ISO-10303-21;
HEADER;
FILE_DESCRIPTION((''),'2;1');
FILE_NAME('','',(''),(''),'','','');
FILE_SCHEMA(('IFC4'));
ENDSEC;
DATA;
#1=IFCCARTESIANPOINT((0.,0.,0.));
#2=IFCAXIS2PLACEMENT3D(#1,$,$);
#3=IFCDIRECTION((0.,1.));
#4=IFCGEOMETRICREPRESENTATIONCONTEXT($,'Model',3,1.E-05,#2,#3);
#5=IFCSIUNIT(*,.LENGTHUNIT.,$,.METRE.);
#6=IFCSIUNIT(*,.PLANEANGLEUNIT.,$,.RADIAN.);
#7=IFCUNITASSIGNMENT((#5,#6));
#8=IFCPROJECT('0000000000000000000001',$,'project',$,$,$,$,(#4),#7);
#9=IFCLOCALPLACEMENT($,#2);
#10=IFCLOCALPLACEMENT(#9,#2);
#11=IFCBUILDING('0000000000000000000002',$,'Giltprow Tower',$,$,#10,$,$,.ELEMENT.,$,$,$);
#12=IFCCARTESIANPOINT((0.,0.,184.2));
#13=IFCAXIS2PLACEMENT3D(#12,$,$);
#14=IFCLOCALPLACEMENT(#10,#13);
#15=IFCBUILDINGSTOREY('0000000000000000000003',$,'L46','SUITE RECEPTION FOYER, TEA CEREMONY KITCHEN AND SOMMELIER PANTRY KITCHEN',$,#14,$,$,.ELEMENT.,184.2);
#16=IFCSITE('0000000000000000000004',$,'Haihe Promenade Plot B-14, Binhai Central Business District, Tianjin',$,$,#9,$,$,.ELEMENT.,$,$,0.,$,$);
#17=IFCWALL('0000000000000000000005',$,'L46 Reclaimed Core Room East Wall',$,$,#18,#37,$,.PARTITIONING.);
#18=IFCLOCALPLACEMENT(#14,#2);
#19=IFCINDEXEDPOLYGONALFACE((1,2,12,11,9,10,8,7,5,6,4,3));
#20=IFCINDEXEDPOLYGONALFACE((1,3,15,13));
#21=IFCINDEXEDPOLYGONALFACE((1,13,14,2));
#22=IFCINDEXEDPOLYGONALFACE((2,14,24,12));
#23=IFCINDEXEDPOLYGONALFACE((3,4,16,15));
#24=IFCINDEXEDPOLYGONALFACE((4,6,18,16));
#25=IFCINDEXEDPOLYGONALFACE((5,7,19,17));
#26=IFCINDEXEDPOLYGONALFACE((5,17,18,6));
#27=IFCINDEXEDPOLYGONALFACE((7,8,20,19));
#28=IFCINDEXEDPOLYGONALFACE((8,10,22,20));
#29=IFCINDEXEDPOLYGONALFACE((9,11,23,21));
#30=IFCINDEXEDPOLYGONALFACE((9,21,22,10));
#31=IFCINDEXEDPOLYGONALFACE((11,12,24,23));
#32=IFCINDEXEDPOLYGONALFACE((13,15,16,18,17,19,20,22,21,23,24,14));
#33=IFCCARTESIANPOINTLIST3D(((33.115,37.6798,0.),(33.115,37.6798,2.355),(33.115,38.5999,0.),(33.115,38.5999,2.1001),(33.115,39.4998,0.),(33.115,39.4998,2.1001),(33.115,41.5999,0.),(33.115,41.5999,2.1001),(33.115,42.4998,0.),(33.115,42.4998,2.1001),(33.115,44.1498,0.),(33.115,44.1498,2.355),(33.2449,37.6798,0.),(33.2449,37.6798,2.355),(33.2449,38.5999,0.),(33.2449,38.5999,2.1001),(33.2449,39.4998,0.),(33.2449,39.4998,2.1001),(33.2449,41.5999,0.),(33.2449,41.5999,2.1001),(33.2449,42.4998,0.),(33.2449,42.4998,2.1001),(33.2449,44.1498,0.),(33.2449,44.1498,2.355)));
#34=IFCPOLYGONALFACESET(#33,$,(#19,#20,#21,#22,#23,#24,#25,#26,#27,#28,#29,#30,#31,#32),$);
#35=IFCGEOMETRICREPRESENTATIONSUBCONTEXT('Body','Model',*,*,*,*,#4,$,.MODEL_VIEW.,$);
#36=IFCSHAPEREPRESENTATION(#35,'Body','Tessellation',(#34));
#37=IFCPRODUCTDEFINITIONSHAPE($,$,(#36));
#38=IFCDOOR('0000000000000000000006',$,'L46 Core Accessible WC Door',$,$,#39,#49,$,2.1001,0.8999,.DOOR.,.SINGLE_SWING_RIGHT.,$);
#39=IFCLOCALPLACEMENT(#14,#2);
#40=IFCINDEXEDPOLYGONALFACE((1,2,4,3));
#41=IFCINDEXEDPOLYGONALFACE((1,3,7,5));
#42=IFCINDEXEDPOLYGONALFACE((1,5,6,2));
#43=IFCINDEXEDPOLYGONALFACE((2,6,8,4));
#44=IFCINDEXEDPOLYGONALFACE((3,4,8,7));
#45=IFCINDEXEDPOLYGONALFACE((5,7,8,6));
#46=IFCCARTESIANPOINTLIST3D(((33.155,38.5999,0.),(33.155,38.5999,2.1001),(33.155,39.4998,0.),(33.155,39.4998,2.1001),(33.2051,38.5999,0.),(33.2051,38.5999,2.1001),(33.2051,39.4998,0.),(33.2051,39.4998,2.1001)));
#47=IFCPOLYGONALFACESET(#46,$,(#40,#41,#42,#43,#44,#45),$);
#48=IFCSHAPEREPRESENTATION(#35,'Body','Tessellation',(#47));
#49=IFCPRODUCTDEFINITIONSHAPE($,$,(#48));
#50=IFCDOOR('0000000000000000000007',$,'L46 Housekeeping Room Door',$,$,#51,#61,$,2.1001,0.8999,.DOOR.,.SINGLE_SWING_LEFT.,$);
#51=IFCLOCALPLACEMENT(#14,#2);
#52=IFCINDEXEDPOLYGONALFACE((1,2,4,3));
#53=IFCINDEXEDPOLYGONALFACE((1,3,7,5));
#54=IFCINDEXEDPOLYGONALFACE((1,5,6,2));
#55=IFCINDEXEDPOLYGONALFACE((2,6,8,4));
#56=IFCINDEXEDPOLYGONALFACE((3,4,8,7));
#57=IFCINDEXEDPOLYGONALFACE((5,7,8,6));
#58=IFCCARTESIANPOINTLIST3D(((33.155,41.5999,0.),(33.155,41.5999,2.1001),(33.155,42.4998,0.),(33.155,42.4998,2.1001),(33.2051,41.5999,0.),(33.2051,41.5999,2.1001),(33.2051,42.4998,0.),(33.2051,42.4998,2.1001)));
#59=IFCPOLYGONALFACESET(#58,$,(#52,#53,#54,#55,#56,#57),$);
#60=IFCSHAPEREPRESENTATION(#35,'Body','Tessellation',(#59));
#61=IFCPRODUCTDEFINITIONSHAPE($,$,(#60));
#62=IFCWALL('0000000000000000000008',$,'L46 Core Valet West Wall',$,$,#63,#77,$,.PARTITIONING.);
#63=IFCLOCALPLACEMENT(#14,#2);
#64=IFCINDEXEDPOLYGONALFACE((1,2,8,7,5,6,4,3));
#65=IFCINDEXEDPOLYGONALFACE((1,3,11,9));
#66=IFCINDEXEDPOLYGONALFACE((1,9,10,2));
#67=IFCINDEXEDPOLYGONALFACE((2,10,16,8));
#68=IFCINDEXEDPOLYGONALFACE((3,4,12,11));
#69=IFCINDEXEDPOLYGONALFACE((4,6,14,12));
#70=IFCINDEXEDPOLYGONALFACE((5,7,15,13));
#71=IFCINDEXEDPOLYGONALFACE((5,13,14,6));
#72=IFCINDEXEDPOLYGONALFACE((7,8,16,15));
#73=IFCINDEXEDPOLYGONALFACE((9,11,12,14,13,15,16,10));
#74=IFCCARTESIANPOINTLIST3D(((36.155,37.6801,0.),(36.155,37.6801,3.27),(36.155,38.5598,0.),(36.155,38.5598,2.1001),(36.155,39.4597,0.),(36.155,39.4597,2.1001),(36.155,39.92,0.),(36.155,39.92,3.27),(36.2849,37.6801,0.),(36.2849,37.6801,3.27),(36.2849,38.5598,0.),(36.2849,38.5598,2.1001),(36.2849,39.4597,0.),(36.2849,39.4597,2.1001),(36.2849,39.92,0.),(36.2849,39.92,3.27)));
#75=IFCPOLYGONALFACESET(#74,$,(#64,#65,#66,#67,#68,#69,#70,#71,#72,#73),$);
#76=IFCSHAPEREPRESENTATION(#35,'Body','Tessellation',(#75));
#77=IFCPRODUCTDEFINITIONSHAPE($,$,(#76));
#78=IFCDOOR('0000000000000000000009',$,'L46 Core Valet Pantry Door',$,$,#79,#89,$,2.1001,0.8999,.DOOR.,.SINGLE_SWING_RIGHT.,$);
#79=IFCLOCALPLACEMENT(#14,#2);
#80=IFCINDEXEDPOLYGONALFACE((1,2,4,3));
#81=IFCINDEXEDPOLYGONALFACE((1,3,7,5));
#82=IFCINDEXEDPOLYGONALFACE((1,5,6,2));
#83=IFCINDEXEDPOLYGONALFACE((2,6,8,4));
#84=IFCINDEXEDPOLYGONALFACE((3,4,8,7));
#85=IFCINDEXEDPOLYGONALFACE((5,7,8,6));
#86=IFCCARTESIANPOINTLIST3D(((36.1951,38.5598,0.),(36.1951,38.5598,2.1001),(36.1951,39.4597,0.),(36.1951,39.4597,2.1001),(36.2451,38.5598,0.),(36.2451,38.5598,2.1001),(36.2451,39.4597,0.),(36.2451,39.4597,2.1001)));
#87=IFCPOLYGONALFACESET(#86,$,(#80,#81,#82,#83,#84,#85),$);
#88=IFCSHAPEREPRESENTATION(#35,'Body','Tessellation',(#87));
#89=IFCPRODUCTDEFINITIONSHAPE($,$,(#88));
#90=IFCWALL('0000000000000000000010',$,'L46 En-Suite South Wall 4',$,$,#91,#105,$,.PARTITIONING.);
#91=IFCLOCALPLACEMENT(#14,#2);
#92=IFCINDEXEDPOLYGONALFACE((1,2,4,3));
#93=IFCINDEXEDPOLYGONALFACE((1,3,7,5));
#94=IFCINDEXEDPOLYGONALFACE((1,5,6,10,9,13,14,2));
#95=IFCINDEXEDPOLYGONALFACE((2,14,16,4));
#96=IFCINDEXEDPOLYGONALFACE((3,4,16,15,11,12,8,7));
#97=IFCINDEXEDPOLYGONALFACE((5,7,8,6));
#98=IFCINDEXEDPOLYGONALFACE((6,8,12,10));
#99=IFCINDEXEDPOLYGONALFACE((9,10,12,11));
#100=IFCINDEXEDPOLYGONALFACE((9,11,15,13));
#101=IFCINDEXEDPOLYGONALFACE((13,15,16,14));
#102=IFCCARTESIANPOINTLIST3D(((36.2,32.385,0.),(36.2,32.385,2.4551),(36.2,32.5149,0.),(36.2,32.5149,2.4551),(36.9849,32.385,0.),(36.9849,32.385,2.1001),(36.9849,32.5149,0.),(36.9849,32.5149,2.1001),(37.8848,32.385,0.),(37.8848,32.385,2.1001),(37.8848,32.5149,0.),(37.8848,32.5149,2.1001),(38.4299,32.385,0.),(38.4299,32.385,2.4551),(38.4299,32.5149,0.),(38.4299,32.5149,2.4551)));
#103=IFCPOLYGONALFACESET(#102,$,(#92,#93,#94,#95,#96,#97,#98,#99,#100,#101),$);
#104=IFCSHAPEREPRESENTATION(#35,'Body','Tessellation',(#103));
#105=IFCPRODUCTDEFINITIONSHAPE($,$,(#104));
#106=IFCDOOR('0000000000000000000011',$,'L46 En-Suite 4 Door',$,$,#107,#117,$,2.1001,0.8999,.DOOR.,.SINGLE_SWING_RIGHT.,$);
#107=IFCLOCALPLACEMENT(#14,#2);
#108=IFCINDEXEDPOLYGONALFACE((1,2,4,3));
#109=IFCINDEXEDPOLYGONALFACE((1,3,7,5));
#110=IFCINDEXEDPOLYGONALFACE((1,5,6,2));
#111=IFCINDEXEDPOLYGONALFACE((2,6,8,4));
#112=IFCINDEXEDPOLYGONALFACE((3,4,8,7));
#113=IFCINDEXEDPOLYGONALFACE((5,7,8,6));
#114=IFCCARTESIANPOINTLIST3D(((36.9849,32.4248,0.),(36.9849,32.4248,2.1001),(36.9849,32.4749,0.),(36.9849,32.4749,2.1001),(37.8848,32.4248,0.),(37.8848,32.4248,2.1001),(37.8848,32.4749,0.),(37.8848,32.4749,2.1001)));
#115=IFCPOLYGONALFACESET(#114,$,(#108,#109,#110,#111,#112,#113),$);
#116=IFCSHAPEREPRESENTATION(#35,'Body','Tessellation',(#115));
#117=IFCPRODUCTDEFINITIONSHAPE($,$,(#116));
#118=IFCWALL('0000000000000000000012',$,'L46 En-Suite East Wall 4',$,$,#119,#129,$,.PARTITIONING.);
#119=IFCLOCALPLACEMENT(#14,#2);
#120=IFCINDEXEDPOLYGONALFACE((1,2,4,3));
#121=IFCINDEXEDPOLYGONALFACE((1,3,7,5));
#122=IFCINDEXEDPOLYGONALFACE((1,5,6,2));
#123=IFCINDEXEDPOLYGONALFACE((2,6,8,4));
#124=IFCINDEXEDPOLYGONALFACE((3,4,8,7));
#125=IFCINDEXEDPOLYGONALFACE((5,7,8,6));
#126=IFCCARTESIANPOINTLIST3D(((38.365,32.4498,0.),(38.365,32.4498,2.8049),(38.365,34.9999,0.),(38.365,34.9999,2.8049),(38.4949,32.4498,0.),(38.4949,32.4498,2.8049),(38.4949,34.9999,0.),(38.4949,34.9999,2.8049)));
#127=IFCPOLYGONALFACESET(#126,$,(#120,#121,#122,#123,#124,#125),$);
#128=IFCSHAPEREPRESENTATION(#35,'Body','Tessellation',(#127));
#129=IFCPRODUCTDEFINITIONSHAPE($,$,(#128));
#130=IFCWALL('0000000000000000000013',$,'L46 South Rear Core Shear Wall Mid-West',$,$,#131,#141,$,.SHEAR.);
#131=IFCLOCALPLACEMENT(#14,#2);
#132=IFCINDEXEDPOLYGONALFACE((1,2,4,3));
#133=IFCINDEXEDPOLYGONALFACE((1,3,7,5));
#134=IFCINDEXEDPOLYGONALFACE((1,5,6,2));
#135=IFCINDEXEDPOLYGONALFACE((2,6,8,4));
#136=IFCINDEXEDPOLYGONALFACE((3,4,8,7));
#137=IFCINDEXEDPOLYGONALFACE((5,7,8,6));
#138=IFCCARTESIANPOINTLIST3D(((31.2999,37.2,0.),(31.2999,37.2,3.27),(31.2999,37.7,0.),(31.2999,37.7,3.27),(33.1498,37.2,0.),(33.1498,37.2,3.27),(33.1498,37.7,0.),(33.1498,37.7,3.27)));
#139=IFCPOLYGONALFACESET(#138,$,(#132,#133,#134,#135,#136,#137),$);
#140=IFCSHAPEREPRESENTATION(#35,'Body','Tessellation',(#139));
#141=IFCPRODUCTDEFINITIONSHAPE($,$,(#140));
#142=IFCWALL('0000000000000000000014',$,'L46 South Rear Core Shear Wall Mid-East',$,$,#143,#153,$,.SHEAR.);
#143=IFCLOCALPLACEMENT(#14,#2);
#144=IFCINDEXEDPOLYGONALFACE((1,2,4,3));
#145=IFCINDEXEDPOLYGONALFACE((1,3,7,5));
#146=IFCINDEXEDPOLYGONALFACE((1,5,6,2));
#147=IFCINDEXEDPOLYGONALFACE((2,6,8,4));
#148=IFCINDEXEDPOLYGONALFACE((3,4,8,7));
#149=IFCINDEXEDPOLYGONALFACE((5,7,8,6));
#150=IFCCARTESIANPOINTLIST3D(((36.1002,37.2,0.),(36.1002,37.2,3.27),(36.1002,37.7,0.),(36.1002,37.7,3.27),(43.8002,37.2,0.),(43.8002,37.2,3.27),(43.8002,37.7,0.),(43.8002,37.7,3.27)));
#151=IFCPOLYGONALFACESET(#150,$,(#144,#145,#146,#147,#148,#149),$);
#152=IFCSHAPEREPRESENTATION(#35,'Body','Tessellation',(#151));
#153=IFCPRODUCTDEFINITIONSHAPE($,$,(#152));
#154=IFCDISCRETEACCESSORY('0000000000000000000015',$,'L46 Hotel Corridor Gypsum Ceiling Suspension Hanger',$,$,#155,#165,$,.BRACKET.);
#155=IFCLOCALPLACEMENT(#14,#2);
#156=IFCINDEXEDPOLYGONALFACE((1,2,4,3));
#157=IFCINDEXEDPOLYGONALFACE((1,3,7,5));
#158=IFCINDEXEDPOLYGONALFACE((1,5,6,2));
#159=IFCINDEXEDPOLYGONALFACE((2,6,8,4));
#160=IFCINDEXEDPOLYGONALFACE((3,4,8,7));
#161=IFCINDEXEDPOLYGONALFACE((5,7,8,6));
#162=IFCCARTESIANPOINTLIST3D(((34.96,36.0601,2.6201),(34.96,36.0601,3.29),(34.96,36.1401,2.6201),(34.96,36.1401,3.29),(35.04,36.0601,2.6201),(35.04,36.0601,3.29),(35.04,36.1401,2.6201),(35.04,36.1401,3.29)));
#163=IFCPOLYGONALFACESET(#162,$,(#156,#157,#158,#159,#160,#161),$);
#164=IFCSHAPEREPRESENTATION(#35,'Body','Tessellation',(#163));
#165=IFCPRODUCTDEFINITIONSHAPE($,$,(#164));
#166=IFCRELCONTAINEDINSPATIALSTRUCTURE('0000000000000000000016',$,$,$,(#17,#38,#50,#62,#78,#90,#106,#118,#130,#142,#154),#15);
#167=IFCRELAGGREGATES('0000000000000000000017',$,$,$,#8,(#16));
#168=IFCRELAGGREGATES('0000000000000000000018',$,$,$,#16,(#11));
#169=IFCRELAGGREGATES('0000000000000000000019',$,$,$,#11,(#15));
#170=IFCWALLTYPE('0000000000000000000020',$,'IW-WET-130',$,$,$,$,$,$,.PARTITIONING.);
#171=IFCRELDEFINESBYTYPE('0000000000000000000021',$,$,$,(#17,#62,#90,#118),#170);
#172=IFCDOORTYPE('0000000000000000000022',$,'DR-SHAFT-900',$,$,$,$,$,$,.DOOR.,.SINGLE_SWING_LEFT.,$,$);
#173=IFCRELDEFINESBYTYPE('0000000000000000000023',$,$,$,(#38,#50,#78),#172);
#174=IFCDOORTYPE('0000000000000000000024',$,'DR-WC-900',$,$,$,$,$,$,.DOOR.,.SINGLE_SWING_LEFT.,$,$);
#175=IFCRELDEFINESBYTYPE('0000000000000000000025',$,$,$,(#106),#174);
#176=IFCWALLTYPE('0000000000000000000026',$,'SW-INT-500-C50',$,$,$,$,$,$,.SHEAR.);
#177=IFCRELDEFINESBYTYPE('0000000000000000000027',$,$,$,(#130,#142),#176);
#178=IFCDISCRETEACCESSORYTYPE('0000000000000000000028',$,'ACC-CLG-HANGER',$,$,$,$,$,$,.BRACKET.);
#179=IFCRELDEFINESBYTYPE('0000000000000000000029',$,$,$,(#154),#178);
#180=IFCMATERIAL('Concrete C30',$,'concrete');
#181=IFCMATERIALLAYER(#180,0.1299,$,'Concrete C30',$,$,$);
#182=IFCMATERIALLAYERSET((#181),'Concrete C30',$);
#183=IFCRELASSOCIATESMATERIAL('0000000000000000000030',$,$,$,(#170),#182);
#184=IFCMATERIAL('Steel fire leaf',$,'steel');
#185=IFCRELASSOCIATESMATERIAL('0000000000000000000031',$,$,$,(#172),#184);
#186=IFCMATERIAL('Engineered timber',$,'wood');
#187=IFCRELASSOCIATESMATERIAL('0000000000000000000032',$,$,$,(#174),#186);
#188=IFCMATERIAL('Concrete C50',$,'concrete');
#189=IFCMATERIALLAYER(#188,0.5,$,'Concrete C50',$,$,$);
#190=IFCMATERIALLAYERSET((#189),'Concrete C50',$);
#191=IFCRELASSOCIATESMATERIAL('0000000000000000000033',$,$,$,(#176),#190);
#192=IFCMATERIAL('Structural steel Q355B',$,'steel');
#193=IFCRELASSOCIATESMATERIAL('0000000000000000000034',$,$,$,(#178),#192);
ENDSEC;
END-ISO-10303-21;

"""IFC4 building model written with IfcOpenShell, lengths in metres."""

from ifc_helpers import new_model, si_unit, direction, frame, frame_2d, origin, origin_2d, place, context, subcontext, project, spatial, rectangle, extrude, source, transform, mapped, material, layer, layer_set, type_object, element, fill, save


model = new_model("IFC4")

# Units and contexts
model_context = context("Model", 3, precision=1e-05, world=origin(), true_north=direction((0.0, 1.0)))
body_context = subcontext(model_context, "Body", "Model", "MODEL_VIEW")
ifc_project = project(units=[si_unit("LENGTHUNIT", "METRE"), si_unit("PLANEANGLEUNIT", "RADIAN")], contexts=[model_context])

# Site, building, storey
site_placement = place(None, origin())
site = spatial("IfcSite", under=ifc_project, at=site_placement, Name="Haihe Promenade Plot B-14, Binhai Central Business District, Tianjin", CompositionType="ELEMENT", RefElevation=0.0)
building_placement = place(site_placement, origin())
building = spatial("IfcBuilding", under=site, at=building_placement, Name="Giltprow Tower", CompositionType="ELEMENT")
storey_placement = place(building_placement, frame((0.0, 0.0, 184.2)))
storey = spatial("IfcBuildingStorey", under=building, at=storey_placement, Name="L46", Description="SUITE RECEPTION FOYER, TEA CEREMONY KITCHEN AND SOMMELIER PANTRY KITCHEN", CompositionType="ELEMENT", Elevation=184.2)

# Shared definitions
ifc_material_1 = material(Name="Concrete C50", Category="concrete")

# Shared definitions
ifc_material_2 = material(Name="Structural steel Q355B", Category="steel")

# Wall, openings, doors
ifc_material_3 = material(Name="Concrete C30", Category="concrete")
ifc_layer_1 = layer(ifc_material_3, 0.1299, Name="Concrete C30")
ifc_layer_set_1 = layer_set([ifc_layer_1], Name="Concrete C30")
wall_type_1 = type_object("IfcWallType", Name="IW-WET-130", PredefinedType="PARTITIONING", material=ifc_layer_set_1)
wall_1_placement = place(storey_placement, frame((33.1799, 37.6799, 0.0), z_axis=(0.0, 0.0, 1.0), x_axis=(0.0, 1.0, 0.0)))
wall_1 = element("IfcWall", 1, at=wall_1_placement, inside=storey, type_object=wall_type_1, Name="L46 Reclaimed Core Room East Wall", PredefinedType="PARTITIONING", context=body_context, shape_type="SweptSolid", body=[
    extrude(rectangle(XDim=6.47, YDim=0.1299, at=frame_2d((3.2349, 0.0))), origin(), (0.0, 0.0, 1.0), 2.355),
])
opening_1_placement = place(wall_1_placement, frame((0.9199, 0.0, 0.0)))
opening_1 = element("IfcOpeningElement", 2, at=opening_1_placement, cuts=wall_1, PredefinedType="OPENING", context=body_context, shape_type="SweptSolid", body=[
    extrude(rectangle(XDim=0.8999, YDim=2.1001, at=frame_2d((0.45, 1.05))), frame((0.0, 0.075, 0.0), z_axis=(0.0, -1.0, 0.0), x_axis=(1.0, 0.0, 0.0)), (0.0, 0.0, 1.0), 0.1499),
])
opening_2_placement = place(wall_1_placement, frame((3.9199, 0.0, 0.0)))
opening_2 = element("IfcOpeningElement", 3, at=opening_2_placement, cuts=wall_1, PredefinedType="OPENING", context=body_context, shape_type="SweptSolid", body=[
    extrude(rectangle(XDim=0.8999, YDim=2.1001, at=frame_2d((0.45, 1.05))), frame((0.0, 0.075, 0.0), z_axis=(0.0, -1.0, 0.0), x_axis=(1.0, 0.0, 0.0)), (0.0, 0.0, 1.0), 0.1499),
])
ifc_material_4 = material(Name="Steel fire leaf", Category="steel")
door_type_1 = type_object("IfcDoorType", Name="DR-SHAFT-900", OperationType="SINGLE_SWING_LEFT", PredefinedType="DOOR", material=ifc_material_4)
shared_shape_1 = source(origin(), body_context, "Body", "SweptSolid", [
    extrude(rectangle(XDim=0.8999, YDim=2.1001, at=frame_2d((0.45, 1.05))), frame((0.0, 0.0249, 0.0), z_axis=(0.0, -1.0, 0.0), x_axis=(1.0, 0.0, 0.0)), (0.0, 0.0, 1.0), 0.05),
])
door_1_placement = place(opening_1_placement, origin())
door_1 = element("IfcDoor", 4, at=door_1_placement, inside=storey, type_object=door_type_1, Name="L46 Core Accessible WC Door", OperationType="SINGLE_SWING_RIGHT", OverallHeight=2.1001, OverallWidth=0.8999, PredefinedType="DOOR", context=body_context, shape_type="MappedRepresentation", body=[
    mapped(shared_shape_1, transform((0.0, 0.0, 0.0), x_axis=(1.0, 0.0, 0.0), y_axis=(0.0, 1.0, 0.0), z_axis=(0.0, 0.0, 1.0), scale=1.0)),
])
fill(opening_1, door_1)
door_2_placement = place(opening_2_placement, origin())
door_2 = element("IfcDoor", 5, at=door_2_placement, inside=storey, type_object=door_type_1, Name="L46 Housekeeping Room Door", OperationType="SINGLE_SWING_LEFT", OverallHeight=2.1001, OverallWidth=0.8999, PredefinedType="DOOR", context=body_context, shape_type="MappedRepresentation", body=[
    mapped(shared_shape_1, transform((0.0, 0.0, 0.0), x_axis=(1.0, 0.0, 0.0), y_axis=(0.0, 1.0, 0.0), z_axis=(0.0, 0.0, 1.0), scale=1.0)),
])
fill(opening_2, door_2)

# Walls, openings, doors
wall_2_placement = place(storey_placement, frame((36.22, 37.6799, 0.0), z_axis=(0.0, 0.0, 1.0), x_axis=(0.0, 1.0, 0.0)))
wall_2 = element("IfcWall", 6, at=wall_2_placement, inside=storey, type_object=wall_type_1, Name="L46 Core Valet West Wall", PredefinedType="PARTITIONING", context=body_context, shape_type="SweptSolid", body=[
    extrude(rectangle(XDim=2.24, YDim=0.1299, at=frame_2d((1.1201, 0.0))), origin(), (0.0, 0.0, 1.0), 3.27),
])
opening_3_placement = place(wall_2_placement, frame((0.8799, 0.0, 0.0)))
opening_3 = element("IfcOpeningElement", 7, at=opening_3_placement, cuts=wall_2, PredefinedType="OPENING", context=body_context, shape_type="SweptSolid", body=[
    extrude(rectangle(XDim=0.8999, YDim=2.1001, at=frame_2d((0.45, 1.05))), frame((0.0, 0.075, 0.0), z_axis=(0.0, -1.0, 0.0), x_axis=(1.0, 0.0, 0.0)), (0.0, 0.0, 1.0), 0.1499),
])
door_3_placement = place(opening_3_placement, origin())
door_3 = element("IfcDoor", 8, at=door_3_placement, inside=storey, type_object=door_type_1, Name="L46 Core Valet Pantry Door", OperationType="SINGLE_SWING_RIGHT", OverallHeight=2.1001, OverallWidth=0.8999, PredefinedType="DOOR", context=body_context, shape_type="MappedRepresentation", body=[
    mapped(shared_shape_1, transform((0.0, 0.0, 0.0), x_axis=(1.0, 0.0, 0.0), y_axis=(0.0, 1.0, 0.0), z_axis=(0.0, 0.0, 1.0), scale=1.0)),
])
fill(opening_3, door_3)
wall_3_placement = place(storey_placement, frame((36.2, 32.45, 0.0), z_axis=(0.0, 0.0, 1.0), x_axis=(1.0, 0.0, 0.0)))
wall_3 = element("IfcWall", 9, at=wall_3_placement, inside=storey, type_object=wall_type_1, Name="L46 En-Suite South Wall 4", PredefinedType="PARTITIONING", context=body_context, shape_type="SweptSolid", body=[
    extrude(rectangle(XDim=2.23, YDim=0.1299, at=frame_2d((1.115, 0.0))), origin(), (0.0, 0.0, 1.0), 2.4551),
])
opening_4_placement = place(wall_3_placement, frame((0.7849, 0.0, 0.0)))
opening_4 = element("IfcOpeningElement", 10, at=opening_4_placement, cuts=wall_3, PredefinedType="OPENING", context=body_context, shape_type="SweptSolid", body=[
    extrude(rectangle(XDim=0.8999, YDim=2.1001, at=frame_2d((0.45, 1.05))), frame((0.0, 0.075, 0.0), z_axis=(0.0, -1.0, 0.0), x_axis=(1.0, 0.0, 0.0)), (0.0, 0.0, 1.0), 0.1499),
])
ifc_material_5 = material(Name="Engineered timber", Category="wood")
door_type_2 = type_object("IfcDoorType", Name="DR-WC-900", OperationType="SINGLE_SWING_LEFT", PredefinedType="DOOR", material=ifc_material_5)
door_4_placement = place(opening_4_placement, origin())
door_4 = element("IfcDoor", 11, at=door_4_placement, inside=storey, type_object=door_type_2, Name="L46 En-Suite 4 Door", OperationType="SINGLE_SWING_RIGHT", OverallHeight=2.1001, OverallWidth=0.8999, PredefinedType="DOOR", context=body_context, shape_type="MappedRepresentation", body=[
    mapped(shared_shape_1, transform((0.0, 0.0, 0.0), x_axis=(1.0, 0.0, 0.0), y_axis=(0.0, 1.0, 0.0), z_axis=(0.0, 0.0, 1.0), scale=1.0)),
])
fill(opening_4, door_4)

# Walls
wall_4_placement = place(storey_placement, frame((38.4299, 32.45, 0.0), z_axis=(0.0, 0.0, 1.0), x_axis=(0.0, 1.0, 0.0)))
element("IfcWall", 12, at=wall_4_placement, inside=storey, type_object=wall_type_1, Name="L46 En-Suite East Wall 4", PredefinedType="PARTITIONING", context=body_context, shape_type="SweptSolid", body=[
    extrude(rectangle(XDim=2.55, YDim=0.1299, at=frame_2d((1.2749, 0.0))), origin(), (0.0, 0.0, 1.0), 2.8049),
])
ifc_layer_2 = layer(ifc_material_1, 0.5, Name="Concrete C50")
ifc_layer_set_2 = layer_set([ifc_layer_2], Name="Concrete C50")
wall_type_2 = type_object("IfcWallType", Name="SW-INT-500-C50", PredefinedType="SHEAR", material=ifc_layer_set_2)
wall_5_placement = place(storey_placement, frame((31.3, 37.45, 0.0), z_axis=(0.0, 0.0, 1.0), x_axis=(1.0, 0.0, 0.0)))
element("IfcWall", 13, at=wall_5_placement, inside=storey, type_object=wall_type_2, Name="L46 South Rear Core Shear Wall Mid-West", PredefinedType="SHEAR", context=body_context, shape_type="SweptSolid", body=[
    extrude(rectangle(XDim=1.8499, YDim=0.5, at=frame_2d((0.9248, 0.0))), origin(), (0.0, 0.0, 1.0), 3.27),
])
wall_6_placement = place(storey_placement, frame((36.1001, 37.45, 0.0), z_axis=(0.0, 0.0, 1.0), x_axis=(1.0, 0.0, 0.0)))
element("IfcWall", 14, at=wall_6_placement, inside=storey, type_object=wall_type_2, Name="L46 South Rear Core Shear Wall Mid-East", PredefinedType="SHEAR", context=body_context, shape_type="SweptSolid", body=[
    extrude(rectangle(XDim=7.7, YDim=0.5, at=frame_2d((3.8501, 0.0))), origin(), (0.0, 0.0, 1.0), 3.27),
])

# Discrete accessory
discrete_accessory_type = type_object("IfcDiscreteAccessoryType", Name="ACC-CLG-HANGER", PredefinedType="BRACKET", material=ifc_material_2)
shared_shape_2 = source(origin(), body_context, "Body", "SweptSolid", [
    extrude(rectangle(XDim=0.0801, YDim=0.0801, at=origin_2d()), origin(), (0.0, 0.0, 1.0), 0.6699),
])
discrete_accessory_placement = place(storey_placement, frame((35.0, 36.1001, 2.6201), z_axis=(0.0, 0.0, 1.0), x_axis=(1.0, 0.0, 0.0)))
element("IfcDiscreteAccessory", 15, at=discrete_accessory_placement, inside=storey, type_object=discrete_accessory_type, Name="L46 Hotel Corridor Gypsum Ceiling Suspension Hanger", PredefinedType="BRACKET", context=body_context, shape_type="MappedRepresentation", body=[
    mapped(shared_shape_2, transform((0.0, 0.0, 0.0), x_axis=(1.0, 0.0, 0.0), y_axis=(0.0, 1.0, 0.0), z_axis=(0.0, 0.0, 1.0), scale=1.0)),
])

save(model, "model.ifc")
